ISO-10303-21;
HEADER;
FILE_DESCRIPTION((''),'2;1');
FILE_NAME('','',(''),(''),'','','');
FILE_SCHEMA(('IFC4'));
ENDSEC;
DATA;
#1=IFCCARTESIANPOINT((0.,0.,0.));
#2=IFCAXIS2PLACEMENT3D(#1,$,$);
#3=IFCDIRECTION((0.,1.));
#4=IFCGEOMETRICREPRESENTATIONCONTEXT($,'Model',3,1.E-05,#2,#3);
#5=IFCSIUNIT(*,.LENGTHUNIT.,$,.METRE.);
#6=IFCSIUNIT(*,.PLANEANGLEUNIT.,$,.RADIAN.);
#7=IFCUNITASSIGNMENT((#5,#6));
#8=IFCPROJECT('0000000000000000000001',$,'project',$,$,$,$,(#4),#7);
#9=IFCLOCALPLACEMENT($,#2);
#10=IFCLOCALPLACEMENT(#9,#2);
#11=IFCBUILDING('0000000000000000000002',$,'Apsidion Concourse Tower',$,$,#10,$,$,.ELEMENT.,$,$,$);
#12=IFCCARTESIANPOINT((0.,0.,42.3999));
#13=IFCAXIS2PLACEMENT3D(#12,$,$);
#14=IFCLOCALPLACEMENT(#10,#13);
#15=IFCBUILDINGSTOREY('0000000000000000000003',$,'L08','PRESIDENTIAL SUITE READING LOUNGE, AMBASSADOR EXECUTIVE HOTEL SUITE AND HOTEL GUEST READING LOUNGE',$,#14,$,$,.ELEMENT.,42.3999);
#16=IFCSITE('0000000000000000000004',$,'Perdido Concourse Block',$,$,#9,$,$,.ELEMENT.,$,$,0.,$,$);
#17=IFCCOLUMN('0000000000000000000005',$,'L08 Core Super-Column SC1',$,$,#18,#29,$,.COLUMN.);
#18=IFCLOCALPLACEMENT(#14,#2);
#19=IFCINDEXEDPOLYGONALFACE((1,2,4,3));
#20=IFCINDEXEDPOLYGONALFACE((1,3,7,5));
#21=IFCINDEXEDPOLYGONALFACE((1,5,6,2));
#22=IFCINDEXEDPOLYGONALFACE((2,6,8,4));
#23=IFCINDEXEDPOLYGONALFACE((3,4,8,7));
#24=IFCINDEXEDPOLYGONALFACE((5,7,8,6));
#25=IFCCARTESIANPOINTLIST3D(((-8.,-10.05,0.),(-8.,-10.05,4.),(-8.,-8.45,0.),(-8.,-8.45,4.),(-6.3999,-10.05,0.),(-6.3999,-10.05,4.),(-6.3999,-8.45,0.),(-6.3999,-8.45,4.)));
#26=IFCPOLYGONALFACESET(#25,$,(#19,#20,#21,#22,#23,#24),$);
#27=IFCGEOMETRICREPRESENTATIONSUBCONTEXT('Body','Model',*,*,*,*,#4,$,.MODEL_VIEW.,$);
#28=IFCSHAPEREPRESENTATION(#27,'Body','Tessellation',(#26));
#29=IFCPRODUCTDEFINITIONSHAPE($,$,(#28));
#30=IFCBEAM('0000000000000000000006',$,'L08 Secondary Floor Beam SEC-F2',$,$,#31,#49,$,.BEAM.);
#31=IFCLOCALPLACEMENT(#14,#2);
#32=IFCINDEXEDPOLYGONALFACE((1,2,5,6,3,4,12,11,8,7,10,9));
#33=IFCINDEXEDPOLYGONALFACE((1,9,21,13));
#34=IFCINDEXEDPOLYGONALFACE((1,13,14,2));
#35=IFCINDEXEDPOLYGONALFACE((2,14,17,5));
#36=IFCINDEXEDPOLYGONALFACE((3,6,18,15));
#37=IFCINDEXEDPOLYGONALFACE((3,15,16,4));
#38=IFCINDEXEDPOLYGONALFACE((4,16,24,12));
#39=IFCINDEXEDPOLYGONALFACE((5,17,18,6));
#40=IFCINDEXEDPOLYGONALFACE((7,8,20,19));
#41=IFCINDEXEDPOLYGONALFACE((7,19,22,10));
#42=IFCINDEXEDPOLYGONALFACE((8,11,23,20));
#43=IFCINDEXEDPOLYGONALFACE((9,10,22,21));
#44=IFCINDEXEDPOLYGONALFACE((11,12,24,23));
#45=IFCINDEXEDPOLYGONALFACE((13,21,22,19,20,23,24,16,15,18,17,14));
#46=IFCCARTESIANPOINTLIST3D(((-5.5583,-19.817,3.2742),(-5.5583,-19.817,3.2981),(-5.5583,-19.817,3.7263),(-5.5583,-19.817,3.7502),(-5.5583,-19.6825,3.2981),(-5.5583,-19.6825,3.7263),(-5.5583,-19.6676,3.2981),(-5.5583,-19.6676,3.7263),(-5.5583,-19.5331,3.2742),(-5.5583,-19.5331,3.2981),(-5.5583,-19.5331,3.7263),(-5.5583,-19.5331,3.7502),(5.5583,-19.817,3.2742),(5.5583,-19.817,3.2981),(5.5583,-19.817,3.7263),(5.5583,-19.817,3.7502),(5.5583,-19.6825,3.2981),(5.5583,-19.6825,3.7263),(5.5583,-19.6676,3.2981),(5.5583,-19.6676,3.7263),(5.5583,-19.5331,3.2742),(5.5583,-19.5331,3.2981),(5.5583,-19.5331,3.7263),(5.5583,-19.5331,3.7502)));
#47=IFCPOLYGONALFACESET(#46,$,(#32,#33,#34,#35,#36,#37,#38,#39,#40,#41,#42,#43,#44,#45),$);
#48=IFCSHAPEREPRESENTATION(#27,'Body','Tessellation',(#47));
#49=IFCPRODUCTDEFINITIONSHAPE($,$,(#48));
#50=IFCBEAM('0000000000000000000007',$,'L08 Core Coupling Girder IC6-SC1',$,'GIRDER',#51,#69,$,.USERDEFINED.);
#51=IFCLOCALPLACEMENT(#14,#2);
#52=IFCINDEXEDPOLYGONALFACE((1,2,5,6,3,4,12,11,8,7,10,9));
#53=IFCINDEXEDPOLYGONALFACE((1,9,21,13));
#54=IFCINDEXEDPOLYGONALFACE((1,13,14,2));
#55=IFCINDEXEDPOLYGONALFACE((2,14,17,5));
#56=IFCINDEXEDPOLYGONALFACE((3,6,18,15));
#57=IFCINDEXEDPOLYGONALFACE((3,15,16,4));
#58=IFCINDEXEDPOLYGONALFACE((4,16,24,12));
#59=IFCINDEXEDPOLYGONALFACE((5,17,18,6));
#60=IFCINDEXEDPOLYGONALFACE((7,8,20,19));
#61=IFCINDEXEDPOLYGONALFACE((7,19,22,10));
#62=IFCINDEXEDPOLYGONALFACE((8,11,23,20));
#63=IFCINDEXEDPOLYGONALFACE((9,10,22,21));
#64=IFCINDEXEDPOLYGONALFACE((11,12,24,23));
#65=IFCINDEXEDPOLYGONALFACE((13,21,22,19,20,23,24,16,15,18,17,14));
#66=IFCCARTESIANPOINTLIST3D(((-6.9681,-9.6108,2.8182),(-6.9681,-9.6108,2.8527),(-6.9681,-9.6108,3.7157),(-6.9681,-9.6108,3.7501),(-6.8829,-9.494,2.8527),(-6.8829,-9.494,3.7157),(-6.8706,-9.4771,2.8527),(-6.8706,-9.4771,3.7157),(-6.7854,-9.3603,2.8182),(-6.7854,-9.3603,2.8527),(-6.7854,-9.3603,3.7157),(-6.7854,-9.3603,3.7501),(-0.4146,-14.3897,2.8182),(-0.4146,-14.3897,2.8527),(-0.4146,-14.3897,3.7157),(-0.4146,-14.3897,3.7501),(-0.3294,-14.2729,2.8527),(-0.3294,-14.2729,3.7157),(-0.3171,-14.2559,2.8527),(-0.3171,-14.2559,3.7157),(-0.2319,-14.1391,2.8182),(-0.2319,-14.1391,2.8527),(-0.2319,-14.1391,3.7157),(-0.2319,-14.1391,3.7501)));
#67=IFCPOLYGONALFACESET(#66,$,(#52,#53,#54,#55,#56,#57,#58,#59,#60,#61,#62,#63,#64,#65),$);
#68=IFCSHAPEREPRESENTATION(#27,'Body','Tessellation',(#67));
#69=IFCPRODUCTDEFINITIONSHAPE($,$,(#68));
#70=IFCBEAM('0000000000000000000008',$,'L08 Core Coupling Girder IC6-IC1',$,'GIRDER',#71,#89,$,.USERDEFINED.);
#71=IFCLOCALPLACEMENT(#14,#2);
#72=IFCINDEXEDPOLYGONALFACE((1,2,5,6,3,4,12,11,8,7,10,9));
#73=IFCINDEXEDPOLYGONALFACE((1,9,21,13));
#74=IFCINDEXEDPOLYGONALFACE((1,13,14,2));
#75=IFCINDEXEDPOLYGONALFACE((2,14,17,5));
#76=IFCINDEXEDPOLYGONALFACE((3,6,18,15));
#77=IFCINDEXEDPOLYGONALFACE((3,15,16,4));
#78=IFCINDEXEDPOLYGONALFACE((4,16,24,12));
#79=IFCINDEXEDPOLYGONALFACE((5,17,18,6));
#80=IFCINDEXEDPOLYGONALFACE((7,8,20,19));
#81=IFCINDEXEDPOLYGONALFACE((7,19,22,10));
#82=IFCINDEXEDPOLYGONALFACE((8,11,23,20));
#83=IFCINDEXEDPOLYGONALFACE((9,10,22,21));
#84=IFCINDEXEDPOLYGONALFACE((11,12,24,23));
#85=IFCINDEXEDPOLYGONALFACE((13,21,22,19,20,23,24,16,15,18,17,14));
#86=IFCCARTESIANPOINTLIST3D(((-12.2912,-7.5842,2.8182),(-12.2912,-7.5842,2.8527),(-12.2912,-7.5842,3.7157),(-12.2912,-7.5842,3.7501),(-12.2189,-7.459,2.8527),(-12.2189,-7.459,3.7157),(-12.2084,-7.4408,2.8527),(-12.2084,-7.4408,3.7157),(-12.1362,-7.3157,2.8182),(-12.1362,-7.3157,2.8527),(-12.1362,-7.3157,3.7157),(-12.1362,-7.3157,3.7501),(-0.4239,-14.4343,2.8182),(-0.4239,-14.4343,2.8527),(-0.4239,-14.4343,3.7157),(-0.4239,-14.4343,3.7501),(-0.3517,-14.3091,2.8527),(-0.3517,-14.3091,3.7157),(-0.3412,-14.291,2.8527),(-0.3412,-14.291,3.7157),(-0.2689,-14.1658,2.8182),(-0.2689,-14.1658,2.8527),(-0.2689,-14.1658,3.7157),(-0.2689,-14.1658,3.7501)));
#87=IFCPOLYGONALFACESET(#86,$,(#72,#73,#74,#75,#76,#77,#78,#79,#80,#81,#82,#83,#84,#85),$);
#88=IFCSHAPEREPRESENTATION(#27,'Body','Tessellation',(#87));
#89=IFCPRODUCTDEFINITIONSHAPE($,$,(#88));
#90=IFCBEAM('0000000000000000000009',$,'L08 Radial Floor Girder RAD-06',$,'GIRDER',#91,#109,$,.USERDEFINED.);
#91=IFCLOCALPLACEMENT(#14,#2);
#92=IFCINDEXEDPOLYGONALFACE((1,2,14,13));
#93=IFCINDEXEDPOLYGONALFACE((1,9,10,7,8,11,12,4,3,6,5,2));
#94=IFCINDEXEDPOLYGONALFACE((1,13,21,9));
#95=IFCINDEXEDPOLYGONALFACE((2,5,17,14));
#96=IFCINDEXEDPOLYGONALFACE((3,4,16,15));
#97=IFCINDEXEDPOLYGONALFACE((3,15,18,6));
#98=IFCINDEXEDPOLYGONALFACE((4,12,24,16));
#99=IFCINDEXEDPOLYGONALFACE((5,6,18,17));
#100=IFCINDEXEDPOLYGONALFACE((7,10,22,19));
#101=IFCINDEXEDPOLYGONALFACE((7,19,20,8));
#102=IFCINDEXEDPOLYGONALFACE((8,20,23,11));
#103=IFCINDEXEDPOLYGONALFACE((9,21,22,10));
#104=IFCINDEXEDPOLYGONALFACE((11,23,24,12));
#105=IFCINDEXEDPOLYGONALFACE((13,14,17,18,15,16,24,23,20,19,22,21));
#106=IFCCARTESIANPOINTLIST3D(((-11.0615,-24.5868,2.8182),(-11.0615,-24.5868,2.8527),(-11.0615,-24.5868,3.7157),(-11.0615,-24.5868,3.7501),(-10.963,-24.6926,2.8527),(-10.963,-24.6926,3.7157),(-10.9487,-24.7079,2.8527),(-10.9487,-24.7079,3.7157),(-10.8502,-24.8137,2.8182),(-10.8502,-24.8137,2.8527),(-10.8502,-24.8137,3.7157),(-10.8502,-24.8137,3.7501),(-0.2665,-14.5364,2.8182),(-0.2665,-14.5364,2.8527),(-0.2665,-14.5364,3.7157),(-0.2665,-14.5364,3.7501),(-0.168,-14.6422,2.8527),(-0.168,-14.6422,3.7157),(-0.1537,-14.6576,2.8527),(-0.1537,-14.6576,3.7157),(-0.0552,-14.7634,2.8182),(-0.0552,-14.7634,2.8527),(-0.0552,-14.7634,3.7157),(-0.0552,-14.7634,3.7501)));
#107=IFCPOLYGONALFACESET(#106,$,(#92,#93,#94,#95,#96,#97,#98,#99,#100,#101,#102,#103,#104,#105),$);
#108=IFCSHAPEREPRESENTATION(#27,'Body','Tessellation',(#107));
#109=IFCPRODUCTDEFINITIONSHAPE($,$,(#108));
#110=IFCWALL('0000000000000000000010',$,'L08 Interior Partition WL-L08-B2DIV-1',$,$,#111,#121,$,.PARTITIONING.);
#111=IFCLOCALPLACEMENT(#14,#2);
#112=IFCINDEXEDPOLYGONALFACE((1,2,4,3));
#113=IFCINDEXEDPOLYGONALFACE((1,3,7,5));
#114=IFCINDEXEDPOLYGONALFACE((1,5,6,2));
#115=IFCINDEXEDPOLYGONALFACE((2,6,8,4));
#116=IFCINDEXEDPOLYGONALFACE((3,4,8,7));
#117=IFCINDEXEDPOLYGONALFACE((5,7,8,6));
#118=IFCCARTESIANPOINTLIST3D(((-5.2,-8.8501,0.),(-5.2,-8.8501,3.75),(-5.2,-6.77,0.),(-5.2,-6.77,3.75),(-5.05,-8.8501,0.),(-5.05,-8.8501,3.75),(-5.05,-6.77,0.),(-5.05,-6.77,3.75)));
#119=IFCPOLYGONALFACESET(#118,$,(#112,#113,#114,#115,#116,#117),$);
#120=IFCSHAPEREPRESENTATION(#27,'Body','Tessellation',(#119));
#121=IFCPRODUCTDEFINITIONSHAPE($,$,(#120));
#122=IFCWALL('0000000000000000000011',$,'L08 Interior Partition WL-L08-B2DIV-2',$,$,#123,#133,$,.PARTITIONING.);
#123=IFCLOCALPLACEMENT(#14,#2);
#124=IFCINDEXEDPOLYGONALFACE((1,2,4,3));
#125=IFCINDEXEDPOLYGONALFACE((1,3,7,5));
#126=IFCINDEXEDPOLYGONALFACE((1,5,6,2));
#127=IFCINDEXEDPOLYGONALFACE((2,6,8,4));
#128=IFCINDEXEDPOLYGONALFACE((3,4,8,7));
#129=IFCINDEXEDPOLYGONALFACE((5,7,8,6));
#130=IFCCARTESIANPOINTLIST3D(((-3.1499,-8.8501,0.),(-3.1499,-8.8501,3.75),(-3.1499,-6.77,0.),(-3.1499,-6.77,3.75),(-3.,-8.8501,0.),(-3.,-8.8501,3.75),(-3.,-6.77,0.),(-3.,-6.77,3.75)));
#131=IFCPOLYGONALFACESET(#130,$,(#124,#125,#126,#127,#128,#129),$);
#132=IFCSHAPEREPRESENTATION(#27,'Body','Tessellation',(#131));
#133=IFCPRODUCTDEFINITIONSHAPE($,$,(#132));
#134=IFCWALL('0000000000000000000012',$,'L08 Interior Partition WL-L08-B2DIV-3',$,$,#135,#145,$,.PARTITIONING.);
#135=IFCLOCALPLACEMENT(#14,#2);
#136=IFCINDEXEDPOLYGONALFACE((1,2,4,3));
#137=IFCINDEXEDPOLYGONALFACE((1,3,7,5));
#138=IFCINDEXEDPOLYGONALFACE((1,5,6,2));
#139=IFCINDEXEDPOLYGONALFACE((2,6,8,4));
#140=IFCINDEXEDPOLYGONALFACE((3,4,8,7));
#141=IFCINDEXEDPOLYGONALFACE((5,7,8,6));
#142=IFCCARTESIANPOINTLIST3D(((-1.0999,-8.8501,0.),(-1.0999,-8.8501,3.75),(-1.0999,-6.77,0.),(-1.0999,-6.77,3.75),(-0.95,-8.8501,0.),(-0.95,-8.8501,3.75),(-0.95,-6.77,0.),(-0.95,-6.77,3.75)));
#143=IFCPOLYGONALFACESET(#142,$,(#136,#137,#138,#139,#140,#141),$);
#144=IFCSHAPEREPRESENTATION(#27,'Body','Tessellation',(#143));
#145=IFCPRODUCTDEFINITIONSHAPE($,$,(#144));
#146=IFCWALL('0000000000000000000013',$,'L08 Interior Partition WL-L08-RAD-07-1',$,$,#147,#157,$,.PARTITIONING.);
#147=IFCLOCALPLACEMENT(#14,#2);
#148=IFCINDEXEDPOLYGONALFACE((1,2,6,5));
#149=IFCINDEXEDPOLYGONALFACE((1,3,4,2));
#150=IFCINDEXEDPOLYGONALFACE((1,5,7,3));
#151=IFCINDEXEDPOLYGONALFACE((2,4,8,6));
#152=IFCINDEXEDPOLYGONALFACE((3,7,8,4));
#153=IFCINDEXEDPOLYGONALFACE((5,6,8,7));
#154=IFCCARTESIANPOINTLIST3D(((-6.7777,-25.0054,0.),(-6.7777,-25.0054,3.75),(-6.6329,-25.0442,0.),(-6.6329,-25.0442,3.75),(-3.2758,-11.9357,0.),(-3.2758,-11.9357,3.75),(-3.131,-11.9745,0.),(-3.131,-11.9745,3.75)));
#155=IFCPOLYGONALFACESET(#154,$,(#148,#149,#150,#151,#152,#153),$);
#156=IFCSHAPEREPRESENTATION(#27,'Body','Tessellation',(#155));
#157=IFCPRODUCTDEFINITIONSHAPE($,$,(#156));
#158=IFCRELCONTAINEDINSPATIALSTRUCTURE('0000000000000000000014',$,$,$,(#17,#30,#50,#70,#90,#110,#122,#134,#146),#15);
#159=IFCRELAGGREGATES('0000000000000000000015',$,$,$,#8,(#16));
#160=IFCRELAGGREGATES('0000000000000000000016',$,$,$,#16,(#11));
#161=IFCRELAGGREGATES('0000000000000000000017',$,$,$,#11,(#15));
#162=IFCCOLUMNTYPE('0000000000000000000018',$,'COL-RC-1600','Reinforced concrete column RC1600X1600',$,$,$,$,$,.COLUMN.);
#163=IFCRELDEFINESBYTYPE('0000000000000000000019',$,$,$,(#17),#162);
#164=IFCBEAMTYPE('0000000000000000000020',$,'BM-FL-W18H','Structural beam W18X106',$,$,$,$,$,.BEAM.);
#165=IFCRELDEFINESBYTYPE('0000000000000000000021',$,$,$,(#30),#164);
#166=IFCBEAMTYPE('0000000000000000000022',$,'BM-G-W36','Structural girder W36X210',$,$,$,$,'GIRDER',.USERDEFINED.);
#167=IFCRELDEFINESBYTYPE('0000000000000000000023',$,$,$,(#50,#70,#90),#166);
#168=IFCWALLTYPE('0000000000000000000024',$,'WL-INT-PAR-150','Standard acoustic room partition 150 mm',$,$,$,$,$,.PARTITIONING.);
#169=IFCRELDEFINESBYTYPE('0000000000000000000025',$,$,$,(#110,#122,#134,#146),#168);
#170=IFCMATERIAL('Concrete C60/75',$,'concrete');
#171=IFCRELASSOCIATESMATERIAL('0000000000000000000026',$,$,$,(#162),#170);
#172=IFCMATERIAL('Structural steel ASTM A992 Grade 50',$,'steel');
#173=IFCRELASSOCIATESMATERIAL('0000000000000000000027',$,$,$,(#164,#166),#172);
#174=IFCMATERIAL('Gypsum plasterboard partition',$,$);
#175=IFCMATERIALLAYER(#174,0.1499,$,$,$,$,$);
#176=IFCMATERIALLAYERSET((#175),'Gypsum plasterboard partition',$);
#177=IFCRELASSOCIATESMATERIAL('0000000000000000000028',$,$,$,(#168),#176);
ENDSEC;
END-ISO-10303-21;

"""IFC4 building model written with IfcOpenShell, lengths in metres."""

from ifc_helpers import new_model, si_unit, direction, frame, frame_2d, origin, origin_2d, place, context, subcontext, project, spatial, rectangle, i_section, extrude, material, layer, layer_set, material_profile, profile_set, type_object, element, save


model = new_model("IFC4")

# Units and contexts
model_context = context("Model", 3, precision=1e-05, world=origin(), true_north=direction((0.0, 1.0)))
body_context = subcontext(model_context, "Body", "Model", "MODEL_VIEW")
ifc_project = project(units=[si_unit("LENGTHUNIT", "METRE"), si_unit("PLANEANGLEUNIT", "RADIAN")], contexts=[model_context])

# Site, building, storey
site_placement = place(None, origin())
site = spatial("IfcSite", under=ifc_project, at=site_placement, Name="Perdido Concourse Block", CompositionType="ELEMENT", RefElevation=0.0)
building_placement = place(site_placement, origin())
building = spatial("IfcBuilding", under=site, at=building_placement, Name="Apsidion Concourse Tower", CompositionType="ELEMENT")
storey_placement = place(building_placement, frame((0.0, 0.0, 42.3999)))
storey = spatial("IfcBuildingStorey", under=building, at=storey_placement, Name="L08", Description="PRESIDENTIAL SUITE READING LOUNGE, AMBASSADOR EXECUTIVE HOTEL SUITE AND HOTEL GUEST READING LOUNGE", CompositionType="ELEMENT", Elevation=42.3999)

# Column
ifc_material_1 = material(Name="Concrete C60/75", Category="concrete")
ifc_material_profile_1 = material_profile(ifc_material_1, rectangle(XDim=1.6001, YDim=1.6001, at=origin_2d()), Name="RC 1600x1600")
ifc_profile_set_1 = profile_set([ifc_material_profile_1], Name="Concrete C60/75")
column_type = type_object("IfcColumnType", Name="COL-RC-1600", Description="Reinforced concrete column RC1600X1600", PredefinedType="COLUMN", material=ifc_profile_set_1)
column_placement = place(storey_placement, frame((-7.2, -9.25, 0.0), z_axis=(0.0, 0.0, 1.0), x_axis=(1.0, 0.0, 0.0)))
element("IfcColumn", 1, at=column_placement, inside=storey, type_object=column_type, Name="L08 Core Super-Column SC1", PredefinedType="COLUMN", context=body_context, shape_type="SweptSolid", body=[
    extrude(rectangle(XDim=1.6001, YDim=1.6001, at=origin_2d()), origin(), (0.0, 0.0, 1.0), 4.0),
])

# Beams
ifc_material_2 = material(Name="Structural steel ASTM A992 Grade 50", Category="steel")
ifc_material_profile_2 = material_profile(ifc_material_2, i_section(OverallWidth=0.2839, OverallDepth=0.4761, WebThickness=0.0149, FlangeThickness=0.0239, at=origin_2d()), Name="W18X106")
ifc_profile_set_2 = profile_set([ifc_material_profile_2], Name="Structural steel ASTM A992 Grade 50")
beam_type_1 = type_object("IfcBeamType", Name="BM-FL-W18H", Description="Structural beam W18X106", PredefinedType="BEAM", material=ifc_profile_set_2)
beam_1_placement = place(storey_placement, frame((-5.5583, -19.675, 3.5122), z_axis=(1.0, 0.0, 0.0), x_axis=(0.0, 1.0, 0.0)))
element("IfcBeam", 2, at=beam_1_placement, inside=storey, type_object=beam_type_1, Name="L08 Secondary Floor Beam SEC-F2", PredefinedType="BEAM", context=body_context, shape_type="SweptSolid", body=[
    extrude(i_section(OverallWidth=0.2839, OverallDepth=0.4761, WebThickness=0.0149, FlangeThickness=0.0239, at=origin_2d()), origin(), (0.0, 0.0, 1.0), 11.1167),
])
ifc_material_profile_3 = material_profile(ifc_material_2, i_section(OverallWidth=0.3101, OverallDepth=0.9319, WebThickness=0.021, FlangeThickness=0.0344, at=origin_2d()), Name="W36X210")
ifc_profile_set_3 = profile_set([ifc_material_profile_3], Name="Structural steel ASTM A992 Grade 50")
beam_type_2 = type_object("IfcBeamType", Name="BM-G-W36", Description="Structural girder W36X210", ElementType="GIRDER", PredefinedType="USERDEFINED", material=ifc_profile_set_3)
beam_2_placement = place(storey_placement, frame((-0.3232, -14.2644, 3.2842), z_axis=(-0.807993, 0.589191, 0.0), x_axis=(-0.589191, -0.807993, 0.0)))
element("IfcBeam", 3, at=beam_2_placement, inside=storey, type_object=beam_type_2, Name="L08 Core Coupling Girder IC6-SC1", ObjectType="GIRDER", PredefinedType="USERDEFINED", context=body_context, shape_type="SweptSolid", body=[
    extrude(i_section(OverallWidth=0.3101, OverallDepth=0.9319, WebThickness=0.021, FlangeThickness=0.0344, at=origin_2d()), origin(), (0.0, 0.0, 1.0), 8.1108),
])
beam_3_placement = place(storey_placement, frame((-0.3464, -14.3, 3.2842), z_axis=(-0.86607, 0.499922, 0.0), x_axis=(-0.499922, -0.86607, 0.0)))
element("IfcBeam", 4, at=beam_3_placement, inside=storey, type_object=beam_type_2, Name="L08 Core Coupling Girder IC6-IC1", ObjectType="GIRDER", PredefinedType="USERDEFINED", context=body_context, shape_type="SweptSolid", body=[
    extrude(i_section(OverallWidth=0.3101, OverallDepth=0.9319, WebThickness=0.021, FlangeThickness=0.0344, at=origin_2d()), origin(), (0.0, 0.0, 1.0), 13.7024),
])
beam_4_placement = place(storey_placement, frame((-0.1609, -14.6499, 3.2842), z_axis=(-0.731899, -0.681413, 0.0), x_axis=(0.681413, -0.731899, 0.0)))
element("IfcBeam", 5, at=beam_4_placement, inside=storey, type_object=beam_type_2, Name="L08 Radial Floor Girder RAD-06", ObjectType="GIRDER", PredefinedType="USERDEFINED", context=body_context, shape_type="SweptSolid", body=[
    extrude(i_section(OverallWidth=0.3101, OverallDepth=0.9319, WebThickness=0.021, FlangeThickness=0.0344, at=origin_2d()), origin(), (0.0, 0.0, 1.0), 14.7493),
])

# Walls
ifc_material_3 = material(Name="Gypsum plasterboard partition")
ifc_layer_1 = layer(ifc_material_3, 0.1499)
ifc_layer_set_1 = layer_set([ifc_layer_1], Name="Gypsum plasterboard partition")
wall_type_1 = type_object("IfcWallType", Name="WL-INT-PAR-150", Description="Standard acoustic room partition 150 mm", PredefinedType="PARTITIONING", material=ifc_layer_set_1)
for number, where, z_axis, x_axis, name in (
    (6, (-5.125, -8.8501, 0.0), (0.0, 0.0, 1.0), (0.0, 1.0, 0.0), "L08 Interior Partition WL-L08-B2DIV-1"),
    (7, (-3.075, -8.8501, 0.0), (0.0, 0.0, 1.0), (0.0, 1.0, 0.0), "L08 Interior Partition WL-L08-B2DIV-2"),
    (8, (-1.0249, -8.8501, 0.0), (0.0, 0.0, 1.0), (0.0, 1.0, 0.0), "L08 Interior Partition WL-L08-B2DIV-3"),
):
    element("IfcWall", number, at=place(storey_placement, frame(where, z_axis=z_axis, x_axis=x_axis)), inside=storey, type_object=wall_type_1, Name=name, PredefinedType="PARTITIONING", context=body_context, shape_type="SweptSolid", body=[
        extrude(rectangle(XDim=2.0801, YDim=0.1499, at=frame_2d((1.04, 0.0))), origin(), (0.0, 0.0, 1.0), 3.75),
    ])
wall_1_placement = place(storey_placement, frame((-3.2034, -11.9551, 0.0), z_axis=(0.0, 0.0, 1.0), x_axis=(-0.258812, -0.965928, 0.0)))
element("IfcWall", 9, at=wall_1_placement, inside=storey, type_object=wall_type_1, Name="L08 Interior Partition WL-L08-RAD-07-1", PredefinedType="PARTITIONING", context=body_context, shape_type="SweptSolid", body=[
    extrude(rectangle(XDim=13.5308, YDim=0.1499, at=frame_2d((6.7654, 0.0))), origin(), (0.0, 0.0, 1.0), 3.75),
])

save(model, "model.ifc")
